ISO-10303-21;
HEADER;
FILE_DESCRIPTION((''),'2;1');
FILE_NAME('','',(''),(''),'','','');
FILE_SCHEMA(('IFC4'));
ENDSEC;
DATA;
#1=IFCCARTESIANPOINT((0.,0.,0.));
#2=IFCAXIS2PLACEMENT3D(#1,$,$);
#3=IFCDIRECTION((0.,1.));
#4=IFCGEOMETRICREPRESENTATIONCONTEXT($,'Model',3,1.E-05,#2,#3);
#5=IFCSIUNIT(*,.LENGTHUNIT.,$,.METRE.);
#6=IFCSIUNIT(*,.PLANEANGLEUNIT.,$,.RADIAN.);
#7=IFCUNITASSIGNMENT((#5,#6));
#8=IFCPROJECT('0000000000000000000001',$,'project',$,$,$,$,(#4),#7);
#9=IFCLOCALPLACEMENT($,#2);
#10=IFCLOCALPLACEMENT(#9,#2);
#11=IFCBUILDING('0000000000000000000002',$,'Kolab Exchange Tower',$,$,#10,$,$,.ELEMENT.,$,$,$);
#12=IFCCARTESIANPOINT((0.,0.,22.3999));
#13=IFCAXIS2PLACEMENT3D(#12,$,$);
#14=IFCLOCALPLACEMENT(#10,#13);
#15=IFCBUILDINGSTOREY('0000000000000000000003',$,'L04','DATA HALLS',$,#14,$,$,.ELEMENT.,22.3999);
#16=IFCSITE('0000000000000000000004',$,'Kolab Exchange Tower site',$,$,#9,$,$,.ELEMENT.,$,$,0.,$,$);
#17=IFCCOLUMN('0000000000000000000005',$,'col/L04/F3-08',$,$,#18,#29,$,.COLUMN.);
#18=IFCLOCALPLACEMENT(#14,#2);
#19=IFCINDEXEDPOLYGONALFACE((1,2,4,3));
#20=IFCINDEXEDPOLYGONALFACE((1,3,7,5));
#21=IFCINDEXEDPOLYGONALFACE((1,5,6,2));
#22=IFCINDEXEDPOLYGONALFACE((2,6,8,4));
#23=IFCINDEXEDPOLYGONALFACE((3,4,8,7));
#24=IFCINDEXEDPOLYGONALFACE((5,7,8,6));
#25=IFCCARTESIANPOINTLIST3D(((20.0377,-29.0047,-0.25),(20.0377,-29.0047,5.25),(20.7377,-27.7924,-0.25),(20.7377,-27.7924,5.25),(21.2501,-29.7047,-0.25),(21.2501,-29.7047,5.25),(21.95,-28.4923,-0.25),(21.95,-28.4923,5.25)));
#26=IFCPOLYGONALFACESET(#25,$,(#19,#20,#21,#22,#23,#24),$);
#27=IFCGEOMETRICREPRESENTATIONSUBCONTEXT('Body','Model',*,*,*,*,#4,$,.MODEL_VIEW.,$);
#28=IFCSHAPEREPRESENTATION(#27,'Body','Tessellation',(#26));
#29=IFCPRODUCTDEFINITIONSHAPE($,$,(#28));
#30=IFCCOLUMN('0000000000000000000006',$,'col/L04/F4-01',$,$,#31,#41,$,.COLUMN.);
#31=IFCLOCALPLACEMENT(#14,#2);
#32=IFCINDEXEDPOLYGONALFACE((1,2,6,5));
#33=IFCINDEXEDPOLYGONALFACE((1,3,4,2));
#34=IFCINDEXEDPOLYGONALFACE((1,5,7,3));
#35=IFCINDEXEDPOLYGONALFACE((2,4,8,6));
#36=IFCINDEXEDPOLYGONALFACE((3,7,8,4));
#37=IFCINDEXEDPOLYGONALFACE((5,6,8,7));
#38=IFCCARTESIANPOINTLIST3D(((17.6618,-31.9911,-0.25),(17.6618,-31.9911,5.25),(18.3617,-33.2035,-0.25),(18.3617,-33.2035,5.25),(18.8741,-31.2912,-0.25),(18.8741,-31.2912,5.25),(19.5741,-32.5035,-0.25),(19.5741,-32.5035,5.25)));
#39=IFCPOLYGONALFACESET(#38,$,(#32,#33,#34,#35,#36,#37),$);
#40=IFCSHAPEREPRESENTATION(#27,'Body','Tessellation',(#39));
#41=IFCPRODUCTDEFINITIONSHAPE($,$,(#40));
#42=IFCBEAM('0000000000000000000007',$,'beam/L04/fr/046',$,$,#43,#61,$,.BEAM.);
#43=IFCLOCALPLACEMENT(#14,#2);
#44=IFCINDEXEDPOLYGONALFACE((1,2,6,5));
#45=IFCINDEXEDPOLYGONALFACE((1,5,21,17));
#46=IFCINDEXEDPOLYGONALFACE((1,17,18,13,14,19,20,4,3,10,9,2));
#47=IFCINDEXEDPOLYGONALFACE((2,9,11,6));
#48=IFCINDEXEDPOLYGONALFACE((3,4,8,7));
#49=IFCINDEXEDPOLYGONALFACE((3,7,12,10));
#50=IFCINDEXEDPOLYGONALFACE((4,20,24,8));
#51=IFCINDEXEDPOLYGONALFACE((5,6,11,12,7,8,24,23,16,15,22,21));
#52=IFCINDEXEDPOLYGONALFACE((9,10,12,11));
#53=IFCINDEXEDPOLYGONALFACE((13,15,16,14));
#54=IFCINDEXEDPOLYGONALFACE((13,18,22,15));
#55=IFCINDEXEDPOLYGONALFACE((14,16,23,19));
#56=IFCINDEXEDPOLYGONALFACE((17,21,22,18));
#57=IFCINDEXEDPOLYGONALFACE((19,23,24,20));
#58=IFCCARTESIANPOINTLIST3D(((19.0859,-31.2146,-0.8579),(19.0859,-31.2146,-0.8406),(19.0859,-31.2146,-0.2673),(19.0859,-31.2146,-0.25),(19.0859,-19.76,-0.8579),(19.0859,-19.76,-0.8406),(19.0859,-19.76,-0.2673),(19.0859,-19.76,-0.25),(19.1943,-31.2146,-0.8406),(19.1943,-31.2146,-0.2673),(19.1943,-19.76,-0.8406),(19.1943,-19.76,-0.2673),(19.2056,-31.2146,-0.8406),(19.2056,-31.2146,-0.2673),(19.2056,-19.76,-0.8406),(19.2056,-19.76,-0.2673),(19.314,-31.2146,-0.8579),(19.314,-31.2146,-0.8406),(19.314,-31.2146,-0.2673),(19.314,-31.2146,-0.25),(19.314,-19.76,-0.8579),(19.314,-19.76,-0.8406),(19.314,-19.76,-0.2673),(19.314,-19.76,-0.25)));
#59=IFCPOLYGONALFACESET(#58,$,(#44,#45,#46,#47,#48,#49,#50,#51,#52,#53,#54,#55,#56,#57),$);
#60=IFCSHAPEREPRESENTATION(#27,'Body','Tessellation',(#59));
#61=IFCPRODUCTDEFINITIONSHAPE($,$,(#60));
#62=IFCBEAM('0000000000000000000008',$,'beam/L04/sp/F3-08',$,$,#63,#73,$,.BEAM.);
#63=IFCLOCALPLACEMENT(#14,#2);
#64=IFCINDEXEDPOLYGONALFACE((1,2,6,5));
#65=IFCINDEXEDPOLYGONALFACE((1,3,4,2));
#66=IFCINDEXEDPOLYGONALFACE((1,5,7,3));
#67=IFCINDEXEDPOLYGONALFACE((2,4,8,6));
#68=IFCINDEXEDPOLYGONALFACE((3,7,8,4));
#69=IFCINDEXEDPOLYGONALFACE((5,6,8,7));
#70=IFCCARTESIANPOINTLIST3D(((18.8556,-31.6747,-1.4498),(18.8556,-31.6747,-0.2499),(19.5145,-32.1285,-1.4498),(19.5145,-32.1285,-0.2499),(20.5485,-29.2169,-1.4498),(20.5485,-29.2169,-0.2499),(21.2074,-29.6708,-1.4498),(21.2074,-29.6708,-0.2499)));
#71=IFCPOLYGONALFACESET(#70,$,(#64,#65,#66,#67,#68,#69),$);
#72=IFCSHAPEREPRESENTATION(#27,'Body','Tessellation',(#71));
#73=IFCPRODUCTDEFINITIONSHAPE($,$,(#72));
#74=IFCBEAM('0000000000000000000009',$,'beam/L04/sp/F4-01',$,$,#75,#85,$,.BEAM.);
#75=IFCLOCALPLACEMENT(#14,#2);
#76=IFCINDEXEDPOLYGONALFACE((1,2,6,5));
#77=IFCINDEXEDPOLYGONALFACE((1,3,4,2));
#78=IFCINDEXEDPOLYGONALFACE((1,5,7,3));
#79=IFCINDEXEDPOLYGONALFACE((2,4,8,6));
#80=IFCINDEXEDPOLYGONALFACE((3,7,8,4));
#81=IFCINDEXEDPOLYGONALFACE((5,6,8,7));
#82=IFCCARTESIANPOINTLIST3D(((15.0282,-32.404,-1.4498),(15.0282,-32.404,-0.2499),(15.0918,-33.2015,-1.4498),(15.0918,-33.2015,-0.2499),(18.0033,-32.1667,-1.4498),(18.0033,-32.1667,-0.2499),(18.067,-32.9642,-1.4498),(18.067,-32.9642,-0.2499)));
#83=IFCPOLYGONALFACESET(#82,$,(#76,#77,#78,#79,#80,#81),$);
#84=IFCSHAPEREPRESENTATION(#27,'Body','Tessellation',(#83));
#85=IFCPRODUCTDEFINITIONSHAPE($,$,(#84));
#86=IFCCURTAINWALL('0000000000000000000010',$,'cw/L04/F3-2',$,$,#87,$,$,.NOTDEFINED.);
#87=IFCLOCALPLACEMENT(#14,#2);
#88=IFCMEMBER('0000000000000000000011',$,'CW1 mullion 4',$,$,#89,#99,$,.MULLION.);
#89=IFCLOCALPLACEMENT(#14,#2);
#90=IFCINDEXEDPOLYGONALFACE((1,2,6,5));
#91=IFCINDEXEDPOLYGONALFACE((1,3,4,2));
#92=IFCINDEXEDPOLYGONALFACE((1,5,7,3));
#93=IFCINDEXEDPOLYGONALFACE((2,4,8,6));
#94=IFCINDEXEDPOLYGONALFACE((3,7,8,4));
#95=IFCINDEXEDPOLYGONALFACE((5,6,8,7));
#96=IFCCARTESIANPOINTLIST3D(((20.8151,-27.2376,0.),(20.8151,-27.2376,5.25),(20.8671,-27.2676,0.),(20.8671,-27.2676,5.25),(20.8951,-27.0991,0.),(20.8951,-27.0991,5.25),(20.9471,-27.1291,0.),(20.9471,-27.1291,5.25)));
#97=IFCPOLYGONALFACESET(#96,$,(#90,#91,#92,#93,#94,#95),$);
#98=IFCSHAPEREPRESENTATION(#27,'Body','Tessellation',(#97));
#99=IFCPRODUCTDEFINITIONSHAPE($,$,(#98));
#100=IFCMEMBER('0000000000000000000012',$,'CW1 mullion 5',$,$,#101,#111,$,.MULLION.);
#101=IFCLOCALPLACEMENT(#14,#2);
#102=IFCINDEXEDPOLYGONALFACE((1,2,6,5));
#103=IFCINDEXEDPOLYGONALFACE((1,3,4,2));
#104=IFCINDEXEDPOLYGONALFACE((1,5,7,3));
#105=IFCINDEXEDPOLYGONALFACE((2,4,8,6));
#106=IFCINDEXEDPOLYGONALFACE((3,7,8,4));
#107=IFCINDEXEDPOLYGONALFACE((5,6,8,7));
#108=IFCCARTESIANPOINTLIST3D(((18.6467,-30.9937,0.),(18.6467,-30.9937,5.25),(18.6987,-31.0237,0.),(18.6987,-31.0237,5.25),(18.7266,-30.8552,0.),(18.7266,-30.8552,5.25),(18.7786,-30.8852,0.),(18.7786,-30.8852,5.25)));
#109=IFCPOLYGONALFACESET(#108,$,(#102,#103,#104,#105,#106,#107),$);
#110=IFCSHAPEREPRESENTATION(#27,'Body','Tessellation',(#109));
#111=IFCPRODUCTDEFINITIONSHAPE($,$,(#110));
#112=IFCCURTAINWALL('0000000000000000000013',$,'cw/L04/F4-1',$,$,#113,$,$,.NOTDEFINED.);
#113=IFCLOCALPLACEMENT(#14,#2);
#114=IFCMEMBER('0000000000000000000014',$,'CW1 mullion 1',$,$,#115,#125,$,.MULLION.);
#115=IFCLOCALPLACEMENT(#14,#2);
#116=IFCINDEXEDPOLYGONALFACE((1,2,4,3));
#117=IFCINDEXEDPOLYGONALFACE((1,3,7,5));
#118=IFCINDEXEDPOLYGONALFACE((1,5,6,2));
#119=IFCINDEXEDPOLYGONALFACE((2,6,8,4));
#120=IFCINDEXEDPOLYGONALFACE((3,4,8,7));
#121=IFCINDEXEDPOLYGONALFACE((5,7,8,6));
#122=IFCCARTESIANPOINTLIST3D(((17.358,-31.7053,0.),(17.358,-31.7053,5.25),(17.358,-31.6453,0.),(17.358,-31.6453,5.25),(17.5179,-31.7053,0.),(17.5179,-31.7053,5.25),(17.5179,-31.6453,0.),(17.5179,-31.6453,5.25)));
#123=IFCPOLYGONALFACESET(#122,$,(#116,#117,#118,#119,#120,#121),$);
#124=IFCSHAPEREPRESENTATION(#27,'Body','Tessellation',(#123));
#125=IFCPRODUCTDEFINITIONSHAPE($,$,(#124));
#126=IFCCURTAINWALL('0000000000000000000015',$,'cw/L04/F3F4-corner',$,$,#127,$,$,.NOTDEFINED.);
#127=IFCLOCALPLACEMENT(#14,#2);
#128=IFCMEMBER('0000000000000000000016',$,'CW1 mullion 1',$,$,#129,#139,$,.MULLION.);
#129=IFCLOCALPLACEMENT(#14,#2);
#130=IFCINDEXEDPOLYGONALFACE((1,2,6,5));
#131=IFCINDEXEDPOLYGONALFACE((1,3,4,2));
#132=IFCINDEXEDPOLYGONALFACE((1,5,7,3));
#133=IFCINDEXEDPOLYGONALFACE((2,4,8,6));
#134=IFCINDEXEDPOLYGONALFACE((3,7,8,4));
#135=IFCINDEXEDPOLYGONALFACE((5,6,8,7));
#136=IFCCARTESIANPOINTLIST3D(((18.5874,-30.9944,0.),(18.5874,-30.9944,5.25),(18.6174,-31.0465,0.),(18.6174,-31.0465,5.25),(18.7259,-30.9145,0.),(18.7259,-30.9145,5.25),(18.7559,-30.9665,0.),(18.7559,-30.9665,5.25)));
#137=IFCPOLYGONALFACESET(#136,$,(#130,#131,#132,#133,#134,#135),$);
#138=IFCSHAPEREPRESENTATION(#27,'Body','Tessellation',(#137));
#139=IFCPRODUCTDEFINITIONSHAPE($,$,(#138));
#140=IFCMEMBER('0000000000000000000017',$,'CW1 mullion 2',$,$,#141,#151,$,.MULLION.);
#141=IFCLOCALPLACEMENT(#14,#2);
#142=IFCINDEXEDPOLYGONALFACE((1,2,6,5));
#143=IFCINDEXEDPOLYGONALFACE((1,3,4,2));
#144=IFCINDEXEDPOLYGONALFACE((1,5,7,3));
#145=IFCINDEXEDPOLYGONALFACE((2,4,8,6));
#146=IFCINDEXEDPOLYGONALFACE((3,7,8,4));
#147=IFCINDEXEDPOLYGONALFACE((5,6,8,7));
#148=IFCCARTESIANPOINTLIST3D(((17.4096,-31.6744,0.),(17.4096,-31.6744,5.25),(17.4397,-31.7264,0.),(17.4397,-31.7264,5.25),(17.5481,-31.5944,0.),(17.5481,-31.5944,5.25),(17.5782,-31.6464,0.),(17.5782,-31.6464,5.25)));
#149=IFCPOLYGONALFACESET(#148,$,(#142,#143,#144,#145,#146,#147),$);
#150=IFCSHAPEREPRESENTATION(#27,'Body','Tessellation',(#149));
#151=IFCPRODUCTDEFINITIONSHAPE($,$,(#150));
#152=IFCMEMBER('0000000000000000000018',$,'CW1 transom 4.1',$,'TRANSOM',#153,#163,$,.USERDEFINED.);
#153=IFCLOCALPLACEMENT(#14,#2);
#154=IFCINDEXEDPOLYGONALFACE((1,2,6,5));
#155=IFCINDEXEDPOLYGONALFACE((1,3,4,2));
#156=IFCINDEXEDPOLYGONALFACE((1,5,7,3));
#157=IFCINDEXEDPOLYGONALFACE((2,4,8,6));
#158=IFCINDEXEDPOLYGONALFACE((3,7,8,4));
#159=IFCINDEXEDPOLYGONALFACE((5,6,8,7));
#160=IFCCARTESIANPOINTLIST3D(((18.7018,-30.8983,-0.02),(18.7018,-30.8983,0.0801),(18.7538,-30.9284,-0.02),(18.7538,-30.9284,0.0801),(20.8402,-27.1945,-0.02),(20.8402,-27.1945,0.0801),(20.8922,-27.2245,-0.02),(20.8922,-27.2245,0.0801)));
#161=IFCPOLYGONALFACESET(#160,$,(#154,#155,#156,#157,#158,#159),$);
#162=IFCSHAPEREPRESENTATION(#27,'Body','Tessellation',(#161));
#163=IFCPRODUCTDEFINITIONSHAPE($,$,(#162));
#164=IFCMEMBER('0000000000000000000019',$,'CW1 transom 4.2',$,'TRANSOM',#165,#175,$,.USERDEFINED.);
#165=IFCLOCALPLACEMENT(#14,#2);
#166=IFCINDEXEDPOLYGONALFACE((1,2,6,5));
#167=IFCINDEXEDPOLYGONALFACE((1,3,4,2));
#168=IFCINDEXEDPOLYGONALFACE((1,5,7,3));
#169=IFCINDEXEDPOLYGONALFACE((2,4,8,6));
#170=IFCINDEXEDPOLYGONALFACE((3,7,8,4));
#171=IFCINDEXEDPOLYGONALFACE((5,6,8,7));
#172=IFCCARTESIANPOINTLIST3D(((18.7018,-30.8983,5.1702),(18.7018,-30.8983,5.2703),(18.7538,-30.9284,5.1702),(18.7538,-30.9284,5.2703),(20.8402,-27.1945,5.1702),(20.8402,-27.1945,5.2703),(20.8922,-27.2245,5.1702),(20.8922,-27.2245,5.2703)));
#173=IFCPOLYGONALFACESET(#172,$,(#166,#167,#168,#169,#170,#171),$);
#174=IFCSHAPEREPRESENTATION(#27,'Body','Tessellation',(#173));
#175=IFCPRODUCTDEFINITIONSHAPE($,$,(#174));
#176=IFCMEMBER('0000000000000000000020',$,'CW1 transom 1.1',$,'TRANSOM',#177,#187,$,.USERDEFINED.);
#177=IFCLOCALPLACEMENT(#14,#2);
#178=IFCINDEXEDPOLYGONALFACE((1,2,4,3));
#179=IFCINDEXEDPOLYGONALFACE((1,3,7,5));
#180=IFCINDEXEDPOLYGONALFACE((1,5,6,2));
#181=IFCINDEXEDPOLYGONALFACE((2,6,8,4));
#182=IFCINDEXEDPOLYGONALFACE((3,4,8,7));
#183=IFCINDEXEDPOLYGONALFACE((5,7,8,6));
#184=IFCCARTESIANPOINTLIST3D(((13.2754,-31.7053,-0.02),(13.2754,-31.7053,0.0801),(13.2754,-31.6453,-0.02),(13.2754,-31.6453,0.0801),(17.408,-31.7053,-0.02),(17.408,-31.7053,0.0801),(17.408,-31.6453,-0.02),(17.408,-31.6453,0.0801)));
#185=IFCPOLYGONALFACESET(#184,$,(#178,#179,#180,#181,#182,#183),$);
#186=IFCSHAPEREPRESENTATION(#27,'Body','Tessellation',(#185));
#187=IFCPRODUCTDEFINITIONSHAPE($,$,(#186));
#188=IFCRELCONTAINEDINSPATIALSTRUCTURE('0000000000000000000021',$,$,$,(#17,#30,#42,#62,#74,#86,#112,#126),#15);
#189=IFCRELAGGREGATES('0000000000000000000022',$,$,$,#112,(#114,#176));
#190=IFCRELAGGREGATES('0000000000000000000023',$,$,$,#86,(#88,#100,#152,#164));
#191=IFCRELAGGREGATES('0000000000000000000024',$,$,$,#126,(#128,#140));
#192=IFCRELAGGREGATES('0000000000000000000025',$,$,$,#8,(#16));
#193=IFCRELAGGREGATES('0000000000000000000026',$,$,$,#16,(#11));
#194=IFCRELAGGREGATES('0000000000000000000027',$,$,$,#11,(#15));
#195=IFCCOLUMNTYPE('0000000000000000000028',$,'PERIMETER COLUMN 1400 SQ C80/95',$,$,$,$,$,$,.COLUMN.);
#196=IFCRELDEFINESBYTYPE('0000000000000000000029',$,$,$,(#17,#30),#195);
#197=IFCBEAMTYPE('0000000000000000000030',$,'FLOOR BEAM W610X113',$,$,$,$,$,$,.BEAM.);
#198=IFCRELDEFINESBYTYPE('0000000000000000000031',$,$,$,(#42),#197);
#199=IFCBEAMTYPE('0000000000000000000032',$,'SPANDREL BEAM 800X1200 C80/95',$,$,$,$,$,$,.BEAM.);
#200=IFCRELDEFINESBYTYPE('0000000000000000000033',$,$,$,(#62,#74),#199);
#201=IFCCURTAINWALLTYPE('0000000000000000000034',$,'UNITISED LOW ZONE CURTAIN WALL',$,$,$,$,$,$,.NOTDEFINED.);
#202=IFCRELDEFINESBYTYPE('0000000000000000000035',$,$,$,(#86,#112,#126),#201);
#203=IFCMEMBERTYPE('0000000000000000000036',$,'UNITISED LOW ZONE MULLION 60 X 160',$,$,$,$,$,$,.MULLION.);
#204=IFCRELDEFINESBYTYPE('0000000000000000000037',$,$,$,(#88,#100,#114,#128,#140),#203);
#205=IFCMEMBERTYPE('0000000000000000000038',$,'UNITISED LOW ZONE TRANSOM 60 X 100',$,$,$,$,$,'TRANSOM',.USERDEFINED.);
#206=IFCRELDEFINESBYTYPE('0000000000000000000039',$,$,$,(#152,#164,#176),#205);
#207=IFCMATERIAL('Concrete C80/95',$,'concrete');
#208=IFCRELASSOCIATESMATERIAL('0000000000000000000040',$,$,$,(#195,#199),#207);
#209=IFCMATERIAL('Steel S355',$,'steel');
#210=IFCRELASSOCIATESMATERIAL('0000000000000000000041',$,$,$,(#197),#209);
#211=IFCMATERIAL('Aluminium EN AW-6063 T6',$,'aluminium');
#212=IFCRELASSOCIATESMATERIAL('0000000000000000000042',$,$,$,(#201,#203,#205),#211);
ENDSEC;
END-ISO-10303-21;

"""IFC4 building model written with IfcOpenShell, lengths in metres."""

from ifc_helpers import new_model, si_unit, direction, frame, origin, origin_2d, place, context, subcontext, project, spatial, rectangle, i_section, extrude, material, material_profile, profile_set, type_object, element, aggregate, save


model = new_model("IFC4")

# Units and contexts
model_context = context("Model", 3, precision=1e-05, world=origin(), true_north=direction((0.0, 1.0)))
body_context = subcontext(model_context, "Body", "Model", "MODEL_VIEW")
ifc_project = project(units=[si_unit("LENGTHUNIT", "METRE"), si_unit("PLANEANGLEUNIT", "RADIAN")], contexts=[model_context])

# Site, building, storey
site_placement = place(None, origin())
site = spatial("IfcSite", under=ifc_project, at=site_placement, Name="Kolab Exchange Tower site", CompositionType="ELEMENT", RefElevation=0.0)
building_placement = place(site_placement, origin())
building = spatial("IfcBuilding", under=site, at=building_placement, Name="Kolab Exchange Tower", CompositionType="ELEMENT")
storey_placement = place(building_placement, frame((0.0, 0.0, 22.3999)))
storey = spatial("IfcBuildingStorey", under=building, at=storey_placement, Name="L04", Description="DATA HALLS", CompositionType="ELEMENT", Elevation=22.3999)

# Columns
ifc_material_1 = material(Name="Concrete C80/95", Category="concrete")
ifc_material_profile_1 = material_profile(ifc_material_1, rectangle(XDim=1.3999, YDim=1.3999, at=origin_2d()), Name="RC1400")
ifc_profile_set_1 = profile_set([ifc_material_profile_1], Name="Concrete C80/95")
column_type = type_object("IfcColumnType", Name="PERIMETER COLUMN 1400 SQ C80/95", PredefinedType="COLUMN", material=ifc_profile_set_1)
for number, where, z_axis, x_axis, name in (
    (1, (20.9939, -28.7485, -0.25), (0.0, 0.0, 1.0), (0.5, 0.866025, 0.0), "col/L04/F3-08"),
    (2, (18.6179, -32.2473, -0.25), (0.0, 0.0, 1.0), (0.866025, 0.5, 0.0), "col/L04/F4-01"),
):
    element("IfcColumn", number, at=place(storey_placement, frame(where, z_axis=z_axis, x_axis=x_axis)), inside=storey, type_object=column_type, Name=name, PredefinedType="COLUMN", context=body_context, shape_type="SweptSolid", body=[
        extrude(rectangle(XDim=1.3999, YDim=1.3999, at=origin_2d()), origin(), (0.0, 0.0, 1.0), 5.5),
    ])

# Beams
ifc_material_2 = material(Name="Steel S355", Category="steel")
ifc_material_profile_2 = material_profile(ifc_material_2, i_section(OverallWidth=0.228, OverallDepth=0.6079, WebThickness=0.0112, FlangeThickness=0.0173, at=origin_2d()), Name="W610X113")
ifc_profile_set_2 = profile_set([ifc_material_profile_2], Name="Steel S355")
beam_type_1 = type_object("IfcBeamType", Name="FLOOR BEAM W610X113", PredefinedType="BEAM", material=ifc_profile_set_2)
beam_1_placement = place(storey_placement, frame((19.2, -31.2146, -0.554), z_axis=(0.0, 1.0, 0.0), x_axis=(-1.0, 0.0, 0.0)))
element("IfcBeam", 3, at=beam_1_placement, inside=storey, type_object=beam_type_1, Name="beam/L04/fr/046", PredefinedType="BEAM", context=body_context, shape_type="SweptSolid", body=[
    extrude(i_section(OverallWidth=0.228, OverallDepth=0.6079, WebThickness=0.0112, FlangeThickness=0.0173, at=origin_2d()), origin(), (0.0, 0.0, 1.0), 11.4546),
])
ifc_material_profile_3 = material_profile(ifc_material_1, rectangle(XDim=0.8, YDim=1.2, at=origin_2d()), Name="RC800X1200")
ifc_profile_set_3 = profile_set([ifc_material_profile_3], Name="Concrete C80/95")
beam_type_2 = type_object("IfcBeamType", Name="SPANDREL BEAM 800X1200 C80/95", PredefinedType="BEAM", material=ifc_profile_set_3)
beam_2_placement = place(storey_placement, frame((20.8779, -29.4438, -0.8499), z_axis=(-0.567247, -0.823548, 0.0), x_axis=(0.823548, -0.567247, 0.0)))
element("IfcBeam", 4, at=beam_2_placement, inside=storey, type_object=beam_type_2, Name="beam/L04/sp/F3-08", PredefinedType="BEAM", context=body_context, shape_type="SweptSolid", body=[
    extrude(rectangle(XDim=0.8, YDim=1.2, at=origin_2d()), origin(), (0.0, 0.0, 1.0), 2.9844),
])
beam_3_placement = place(storey_placement, frame((18.0352, -32.5654, -0.8499), z_axis=(-0.996834, -0.079511, 0.0), x_axis=(0.079511, -0.996834, 0.0)))
element("IfcBeam", 5, at=beam_3_placement, inside=storey, type_object=beam_type_2, Name="beam/L04/sp/F4-01", PredefinedType="BEAM", context=body_context, shape_type="SweptSolid", body=[
    extrude(rectangle(XDim=0.8, YDim=1.2, at=origin_2d()), origin(), (0.0, 0.0, 1.0), 2.9846),
])

# Curtain wall, members
ifc_material_3 = material(Name="Aluminium EN AW-6063 T6", Category="aluminium")
curtain_wall_type = type_object("IfcCurtainWallType", Name="UNITISED LOW ZONE CURTAIN WALL", PredefinedType="NOTDEFINED", material=ifc_material_3)
curtain_wall_1_placement = place(storey_placement, origin())
curtain_wall_1 = element("IfcCurtainWall", 6, at=curtain_wall_1_placement, inside=storey, type_object=curtain_wall_type, Name="cw/L04/F3-2", PredefinedType="NOTDEFINED")
ifc_material_profile_4 = material_profile(ifc_material_3, rectangle(XDim=0.0601, YDim=0.1599, at=origin_2d()), Name="RECT 60X160")
ifc_profile_set_4 = profile_set([ifc_material_profile_4], Name="Aluminium EN AW-6063 T6")
member_type_1 = type_object("IfcMemberType", Name="UNITISED LOW ZONE MULLION 60 X 160", PredefinedType="MULLION", material=ifc_profile_set_4)
member_1_placement = place(storey_placement, frame((20.8811, -27.1833, 0.0), z_axis=(0.0, 0.0, 1.0), x_axis=(0.866025, -0.5, 0.0)))
member_1 = element("IfcMember", 7, at=member_1_placement, type_object=member_type_1, Name="CW1 mullion 4", PredefinedType="MULLION", context=body_context, shape_type="SweptSolid", body=[
    extrude(rectangle(XDim=0.0601, YDim=0.1599, at=origin_2d()), origin(), (0.0, 0.0, 1.0), 5.25),
])
member_2_placement = place(storey_placement, frame((18.7126, -30.9395, 0.0), z_axis=(0.0, 0.0, 1.0), x_axis=(0.866025, -0.5, 0.0)))
member_2 = element("IfcMember", 8, at=member_2_placement, type_object=member_type_1, Name="CW1 mullion 5", PredefinedType="MULLION", context=body_context, shape_type="SweptSolid", body=[
    extrude(rectangle(XDim=0.0601, YDim=0.1599, at=origin_2d()), origin(), (0.0, 0.0, 1.0), 5.25),
])

# Curtain wall, member
curtain_wall_2_placement = place(storey_placement, origin())
curtain_wall_2 = element("IfcCurtainWall", 9, at=curtain_wall_2_placement, inside=storey, type_object=curtain_wall_type, Name="cw/L04/F4-1", PredefinedType="NOTDEFINED")
member_3_placement = place(storey_placement, frame((17.438, -31.6753, 0.0), z_axis=(0.0, 0.0, 1.0), x_axis=(0.0, -1.0, 0.0)))
member_3 = element("IfcMember", 10, at=member_3_placement, type_object=member_type_1, Name="CW1 mullion 1", PredefinedType="MULLION", context=body_context, shape_type="SweptSolid", body=[
    extrude(rectangle(XDim=0.0601, YDim=0.1599, at=origin_2d()), origin(), (0.0, 0.0, 1.0), 5.25),
])

# Curtain wall, members
curtain_wall_3_placement = place(storey_placement, origin())
curtain_wall_3 = element("IfcCurtainWall", 11, at=curtain_wall_3_placement, inside=storey, type_object=curtain_wall_type, Name="cw/L04/F3F4-corner", PredefinedType="NOTDEFINED")
member_4_placement = place(storey_placement, frame((18.6716, -30.9805, 0.0), z_axis=(0.0, 0.0, 1.0), x_axis=(0.5, -0.866025, 0.0)))
member_4 = element("IfcMember", 12, at=member_4_placement, type_object=member_type_1, Name="CW1 mullion 1", PredefinedType="MULLION", context=body_context, shape_type="SweptSolid", body=[
    extrude(rectangle(XDim=0.0601, YDim=0.1599, at=origin_2d()), origin(), (0.0, 0.0, 1.0), 5.25),
])
member_5_placement = place(storey_placement, frame((17.4939, -31.6604, 0.0), z_axis=(0.0, 0.0, 1.0), x_axis=(0.5, -0.866025, 0.0)))
member_5 = element("IfcMember", 13, at=member_5_placement, type_object=member_type_1, Name="CW1 mullion 2", PredefinedType="MULLION", context=body_context, shape_type="SweptSolid", body=[
    extrude(rectangle(XDim=0.0601, YDim=0.1599, at=origin_2d()), origin(), (0.0, 0.0, 1.0), 5.25),
])

# Members
ifc_material_profile_5 = material_profile(ifc_material_3, rectangle(XDim=0.0601, YDim=0.1001, at=origin_2d()), Name="RECT 60X100")
ifc_profile_set_5 = profile_set([ifc_material_profile_5], Name="Aluminium EN AW-6063 T6")
member_type_2 = type_object("IfcMemberType", Name="UNITISED LOW ZONE TRANSOM 60 X 100", ElementType="TRANSOM", PredefinedType="USERDEFINED", material=ifc_profile_set_5)
member_6_placement = place(storey_placement, frame((20.8662, -27.2095, 0.03), z_axis=(-0.500001, -0.866025, 0.0), x_axis=(0.866025, -0.500001, 0.0)))
member_6 = element("IfcMember", 14, at=member_6_placement, type_object=member_type_2, Name="CW1 transom 4.1", ObjectType="TRANSOM", PredefinedType="USERDEFINED", context=body_context, shape_type="SweptSolid", body=[
    extrude(rectangle(XDim=0.0601, YDim=0.1001, at=origin_2d()), origin(), (0.0, 0.0, 1.0), 4.2769),
])
member_7_placement = place(storey_placement, frame((20.8662, -27.2095, 5.2202), z_axis=(-0.500001, -0.866025, 0.0), x_axis=(0.866025, -0.500001, 0.0)))
member_7 = element("IfcMember", 15, at=member_7_placement, type_object=member_type_2, Name="CW1 transom 4.2", ObjectType="TRANSOM", PredefinedType="USERDEFINED", context=body_context, shape_type="SweptSolid", body=[
    extrude(rectangle(XDim=0.0601, YDim=0.1001, at=origin_2d()), origin(), (0.0, 0.0, 1.0), 4.2769),
])
member_8_placement = place(storey_placement, frame((17.408, -31.6753, 0.03), z_axis=(-1.0, 0.0, 0.0), x_axis=(0.0, -1.0, 0.0)))
member_8 = element("IfcMember", 16, at=member_8_placement, type_object=member_type_2, Name="CW1 transom 1.1", ObjectType="TRANSOM", PredefinedType="USERDEFINED", context=body_context, shape_type="SweptSolid", body=[
    extrude(rectangle(XDim=0.0601, YDim=0.1001, at=origin_2d()), origin(), (0.0, 0.0, 1.0), 4.1326),
])
aggregate(curtain_wall_2, [member_3, member_8])

aggregate(curtain_wall_1, [member_1, member_2, member_6, member_7])
aggregate(curtain_wall_3, [member_4, member_5])

save(model, "model.ifc")
